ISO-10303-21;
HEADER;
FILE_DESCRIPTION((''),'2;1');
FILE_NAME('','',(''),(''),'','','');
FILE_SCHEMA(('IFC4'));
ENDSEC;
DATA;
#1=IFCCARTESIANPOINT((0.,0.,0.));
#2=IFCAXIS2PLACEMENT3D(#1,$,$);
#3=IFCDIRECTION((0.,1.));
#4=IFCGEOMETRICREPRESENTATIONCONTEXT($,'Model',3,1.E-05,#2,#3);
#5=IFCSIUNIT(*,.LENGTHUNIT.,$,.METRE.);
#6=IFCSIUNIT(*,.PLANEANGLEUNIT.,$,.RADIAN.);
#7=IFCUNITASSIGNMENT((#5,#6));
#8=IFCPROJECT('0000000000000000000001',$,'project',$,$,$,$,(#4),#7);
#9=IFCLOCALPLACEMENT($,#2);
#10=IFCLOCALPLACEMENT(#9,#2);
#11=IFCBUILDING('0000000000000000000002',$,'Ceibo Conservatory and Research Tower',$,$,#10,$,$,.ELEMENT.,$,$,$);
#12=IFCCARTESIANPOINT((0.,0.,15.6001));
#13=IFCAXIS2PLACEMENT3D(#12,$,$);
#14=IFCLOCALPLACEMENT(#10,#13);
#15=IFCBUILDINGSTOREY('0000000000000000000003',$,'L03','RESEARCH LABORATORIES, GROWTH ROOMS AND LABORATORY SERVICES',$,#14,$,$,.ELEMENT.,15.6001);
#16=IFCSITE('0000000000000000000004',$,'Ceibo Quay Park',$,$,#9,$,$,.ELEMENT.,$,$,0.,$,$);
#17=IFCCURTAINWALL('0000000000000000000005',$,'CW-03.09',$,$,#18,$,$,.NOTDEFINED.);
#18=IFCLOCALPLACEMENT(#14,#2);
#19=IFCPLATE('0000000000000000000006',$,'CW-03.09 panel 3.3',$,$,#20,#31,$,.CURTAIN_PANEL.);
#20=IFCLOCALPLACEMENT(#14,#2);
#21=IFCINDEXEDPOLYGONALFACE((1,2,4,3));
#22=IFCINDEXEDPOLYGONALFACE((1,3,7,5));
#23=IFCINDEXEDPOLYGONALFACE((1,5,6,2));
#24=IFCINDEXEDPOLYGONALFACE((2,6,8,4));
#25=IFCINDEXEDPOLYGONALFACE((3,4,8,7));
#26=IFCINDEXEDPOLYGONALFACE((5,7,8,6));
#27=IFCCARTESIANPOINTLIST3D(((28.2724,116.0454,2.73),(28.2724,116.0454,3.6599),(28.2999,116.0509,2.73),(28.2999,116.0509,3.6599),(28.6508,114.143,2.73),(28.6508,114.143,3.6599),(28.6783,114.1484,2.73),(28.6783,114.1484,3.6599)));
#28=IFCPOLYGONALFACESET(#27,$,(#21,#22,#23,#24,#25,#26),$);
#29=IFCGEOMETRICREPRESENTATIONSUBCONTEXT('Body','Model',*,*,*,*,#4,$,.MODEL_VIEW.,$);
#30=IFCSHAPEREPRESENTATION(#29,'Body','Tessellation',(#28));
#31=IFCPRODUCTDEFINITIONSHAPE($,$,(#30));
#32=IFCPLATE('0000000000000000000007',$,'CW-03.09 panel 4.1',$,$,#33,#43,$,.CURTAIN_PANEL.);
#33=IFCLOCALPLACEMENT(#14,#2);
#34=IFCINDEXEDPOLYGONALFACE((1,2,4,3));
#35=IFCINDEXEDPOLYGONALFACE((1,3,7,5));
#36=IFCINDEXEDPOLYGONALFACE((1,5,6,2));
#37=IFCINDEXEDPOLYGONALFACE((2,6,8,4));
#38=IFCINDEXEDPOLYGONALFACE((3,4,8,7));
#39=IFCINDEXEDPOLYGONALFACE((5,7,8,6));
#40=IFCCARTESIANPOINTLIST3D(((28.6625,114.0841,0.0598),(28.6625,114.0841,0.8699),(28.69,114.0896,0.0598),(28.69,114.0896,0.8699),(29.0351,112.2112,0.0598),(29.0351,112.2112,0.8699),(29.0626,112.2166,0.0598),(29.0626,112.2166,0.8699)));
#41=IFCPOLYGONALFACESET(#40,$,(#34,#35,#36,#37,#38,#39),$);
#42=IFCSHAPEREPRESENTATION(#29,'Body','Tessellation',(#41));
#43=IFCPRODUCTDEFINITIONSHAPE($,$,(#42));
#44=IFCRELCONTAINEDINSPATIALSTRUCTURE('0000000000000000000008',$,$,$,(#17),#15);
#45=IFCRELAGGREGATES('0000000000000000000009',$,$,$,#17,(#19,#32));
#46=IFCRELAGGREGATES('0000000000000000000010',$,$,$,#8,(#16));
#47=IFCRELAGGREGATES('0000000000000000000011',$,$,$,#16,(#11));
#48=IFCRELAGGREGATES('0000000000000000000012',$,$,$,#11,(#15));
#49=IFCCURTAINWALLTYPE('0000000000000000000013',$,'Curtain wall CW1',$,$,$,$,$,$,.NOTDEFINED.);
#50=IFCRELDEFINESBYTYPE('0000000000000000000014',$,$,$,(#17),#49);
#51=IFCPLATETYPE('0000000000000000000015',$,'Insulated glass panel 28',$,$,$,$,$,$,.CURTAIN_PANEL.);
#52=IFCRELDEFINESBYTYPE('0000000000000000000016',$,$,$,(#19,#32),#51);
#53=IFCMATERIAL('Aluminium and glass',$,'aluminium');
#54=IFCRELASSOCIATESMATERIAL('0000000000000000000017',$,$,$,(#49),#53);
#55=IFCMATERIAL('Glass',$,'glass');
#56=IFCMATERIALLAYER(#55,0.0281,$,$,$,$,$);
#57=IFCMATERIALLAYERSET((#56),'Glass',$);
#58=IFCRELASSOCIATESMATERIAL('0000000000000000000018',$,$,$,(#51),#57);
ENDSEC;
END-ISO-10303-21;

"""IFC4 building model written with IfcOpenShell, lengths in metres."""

from ifc_helpers import new_model, si_unit, direction, frame, origin, origin_2d, place, context, subcontext, project, spatial, rectangle, extrude, material, layer, layer_set, type_object, element, aggregate, save


model = new_model("IFC4")

# Units and contexts
model_context = context("Model", 3, precision=1e-05, world=origin(), true_north=direction((0.0, 1.0)))
body_context = subcontext(model_context, "Body", "Model", "MODEL_VIEW")
ifc_project = project(units=[si_unit("LENGTHUNIT", "METRE"), si_unit("PLANEANGLEUNIT", "RADIAN")], contexts=[model_context])

# Site, building, storey
site_placement = place(None, origin())
site = spatial("IfcSite", under=ifc_project, at=site_placement, Name="Ceibo Quay Park", CompositionType="ELEMENT", RefElevation=0.0)
building_placement = place(site_placement, origin())
building = spatial("IfcBuilding", under=site, at=building_placement, Name="Ceibo Conservatory and Research Tower", CompositionType="ELEMENT")
storey_placement = place(building_placement, frame((0.0, 0.0, 15.6001)))
storey = spatial("IfcBuildingStorey", under=building, at=storey_placement, Name="L03", Description="RESEARCH LABORATORIES, GROWTH ROOMS AND LABORATORY SERVICES", CompositionType="ELEMENT", Elevation=15.6001)

# Curtain wall
ifc_material_1 = material(Name="Aluminium and glass", Category="aluminium")
curtain_wall_type = type_object("IfcCurtainWallType", Name="Curtain wall CW1", PredefinedType="NOTDEFINED", material=ifc_material_1)
curtain_wall_placement = place(storey_placement, origin())
curtain_wall = element("IfcCurtainWall", 1, at=curtain_wall_placement, inside=storey, type_object=curtain_wall_type, Name="CW-03.09", PredefinedType="NOTDEFINED")

# Plates
ifc_material_2 = material(Name="Glass", Category="glass")
ifc_layer = layer(ifc_material_2, 0.0281)
ifc_layer_set = layer_set([ifc_layer], Name="Glass")
plate_type = type_object("IfcPlateType", Name="Insulated glass panel 28", PredefinedType="CURTAIN_PANEL", material=ifc_layer_set)
plate_1_placement = place(storey_placement, frame((28.4753, 115.0969, 2.73), z_axis=(0.0, 0.0, 1.0), x_axis=(0.19509, -0.980785, 0.0)))
plate_1 = element("IfcPlate", 2, at=plate_1_placement, type_object=plate_type, Name="CW-03.09 panel 3.3", PredefinedType="CURTAIN_PANEL", context=body_context, shape_type="SweptSolid", body=[
    extrude(rectangle(XDim=1.9397, YDim=0.0281, at=origin_2d()), origin(), (0.0, 0.0, 1.0), 0.9299),
])
plate_2_placement = place(storey_placement, frame((28.8625, 113.1504, 0.0598), z_axis=(0.0, 0.0, 1.0), x_axis=(0.19509, -0.980785, 0.0)))
plate_2 = element("IfcPlate", 3, at=plate_2_placement, type_object=plate_type, Name="CW-03.09 panel 4.1", PredefinedType="CURTAIN_PANEL", context=body_context, shape_type="SweptSolid", body=[
    extrude(rectangle(XDim=1.9097, YDim=0.0281, at=origin_2d()), origin(), (0.0, 0.0, 1.0), 0.8101),
])
aggregate(curtain_wall, [plate_1, plate_2])

save(model, "model.ifc")
